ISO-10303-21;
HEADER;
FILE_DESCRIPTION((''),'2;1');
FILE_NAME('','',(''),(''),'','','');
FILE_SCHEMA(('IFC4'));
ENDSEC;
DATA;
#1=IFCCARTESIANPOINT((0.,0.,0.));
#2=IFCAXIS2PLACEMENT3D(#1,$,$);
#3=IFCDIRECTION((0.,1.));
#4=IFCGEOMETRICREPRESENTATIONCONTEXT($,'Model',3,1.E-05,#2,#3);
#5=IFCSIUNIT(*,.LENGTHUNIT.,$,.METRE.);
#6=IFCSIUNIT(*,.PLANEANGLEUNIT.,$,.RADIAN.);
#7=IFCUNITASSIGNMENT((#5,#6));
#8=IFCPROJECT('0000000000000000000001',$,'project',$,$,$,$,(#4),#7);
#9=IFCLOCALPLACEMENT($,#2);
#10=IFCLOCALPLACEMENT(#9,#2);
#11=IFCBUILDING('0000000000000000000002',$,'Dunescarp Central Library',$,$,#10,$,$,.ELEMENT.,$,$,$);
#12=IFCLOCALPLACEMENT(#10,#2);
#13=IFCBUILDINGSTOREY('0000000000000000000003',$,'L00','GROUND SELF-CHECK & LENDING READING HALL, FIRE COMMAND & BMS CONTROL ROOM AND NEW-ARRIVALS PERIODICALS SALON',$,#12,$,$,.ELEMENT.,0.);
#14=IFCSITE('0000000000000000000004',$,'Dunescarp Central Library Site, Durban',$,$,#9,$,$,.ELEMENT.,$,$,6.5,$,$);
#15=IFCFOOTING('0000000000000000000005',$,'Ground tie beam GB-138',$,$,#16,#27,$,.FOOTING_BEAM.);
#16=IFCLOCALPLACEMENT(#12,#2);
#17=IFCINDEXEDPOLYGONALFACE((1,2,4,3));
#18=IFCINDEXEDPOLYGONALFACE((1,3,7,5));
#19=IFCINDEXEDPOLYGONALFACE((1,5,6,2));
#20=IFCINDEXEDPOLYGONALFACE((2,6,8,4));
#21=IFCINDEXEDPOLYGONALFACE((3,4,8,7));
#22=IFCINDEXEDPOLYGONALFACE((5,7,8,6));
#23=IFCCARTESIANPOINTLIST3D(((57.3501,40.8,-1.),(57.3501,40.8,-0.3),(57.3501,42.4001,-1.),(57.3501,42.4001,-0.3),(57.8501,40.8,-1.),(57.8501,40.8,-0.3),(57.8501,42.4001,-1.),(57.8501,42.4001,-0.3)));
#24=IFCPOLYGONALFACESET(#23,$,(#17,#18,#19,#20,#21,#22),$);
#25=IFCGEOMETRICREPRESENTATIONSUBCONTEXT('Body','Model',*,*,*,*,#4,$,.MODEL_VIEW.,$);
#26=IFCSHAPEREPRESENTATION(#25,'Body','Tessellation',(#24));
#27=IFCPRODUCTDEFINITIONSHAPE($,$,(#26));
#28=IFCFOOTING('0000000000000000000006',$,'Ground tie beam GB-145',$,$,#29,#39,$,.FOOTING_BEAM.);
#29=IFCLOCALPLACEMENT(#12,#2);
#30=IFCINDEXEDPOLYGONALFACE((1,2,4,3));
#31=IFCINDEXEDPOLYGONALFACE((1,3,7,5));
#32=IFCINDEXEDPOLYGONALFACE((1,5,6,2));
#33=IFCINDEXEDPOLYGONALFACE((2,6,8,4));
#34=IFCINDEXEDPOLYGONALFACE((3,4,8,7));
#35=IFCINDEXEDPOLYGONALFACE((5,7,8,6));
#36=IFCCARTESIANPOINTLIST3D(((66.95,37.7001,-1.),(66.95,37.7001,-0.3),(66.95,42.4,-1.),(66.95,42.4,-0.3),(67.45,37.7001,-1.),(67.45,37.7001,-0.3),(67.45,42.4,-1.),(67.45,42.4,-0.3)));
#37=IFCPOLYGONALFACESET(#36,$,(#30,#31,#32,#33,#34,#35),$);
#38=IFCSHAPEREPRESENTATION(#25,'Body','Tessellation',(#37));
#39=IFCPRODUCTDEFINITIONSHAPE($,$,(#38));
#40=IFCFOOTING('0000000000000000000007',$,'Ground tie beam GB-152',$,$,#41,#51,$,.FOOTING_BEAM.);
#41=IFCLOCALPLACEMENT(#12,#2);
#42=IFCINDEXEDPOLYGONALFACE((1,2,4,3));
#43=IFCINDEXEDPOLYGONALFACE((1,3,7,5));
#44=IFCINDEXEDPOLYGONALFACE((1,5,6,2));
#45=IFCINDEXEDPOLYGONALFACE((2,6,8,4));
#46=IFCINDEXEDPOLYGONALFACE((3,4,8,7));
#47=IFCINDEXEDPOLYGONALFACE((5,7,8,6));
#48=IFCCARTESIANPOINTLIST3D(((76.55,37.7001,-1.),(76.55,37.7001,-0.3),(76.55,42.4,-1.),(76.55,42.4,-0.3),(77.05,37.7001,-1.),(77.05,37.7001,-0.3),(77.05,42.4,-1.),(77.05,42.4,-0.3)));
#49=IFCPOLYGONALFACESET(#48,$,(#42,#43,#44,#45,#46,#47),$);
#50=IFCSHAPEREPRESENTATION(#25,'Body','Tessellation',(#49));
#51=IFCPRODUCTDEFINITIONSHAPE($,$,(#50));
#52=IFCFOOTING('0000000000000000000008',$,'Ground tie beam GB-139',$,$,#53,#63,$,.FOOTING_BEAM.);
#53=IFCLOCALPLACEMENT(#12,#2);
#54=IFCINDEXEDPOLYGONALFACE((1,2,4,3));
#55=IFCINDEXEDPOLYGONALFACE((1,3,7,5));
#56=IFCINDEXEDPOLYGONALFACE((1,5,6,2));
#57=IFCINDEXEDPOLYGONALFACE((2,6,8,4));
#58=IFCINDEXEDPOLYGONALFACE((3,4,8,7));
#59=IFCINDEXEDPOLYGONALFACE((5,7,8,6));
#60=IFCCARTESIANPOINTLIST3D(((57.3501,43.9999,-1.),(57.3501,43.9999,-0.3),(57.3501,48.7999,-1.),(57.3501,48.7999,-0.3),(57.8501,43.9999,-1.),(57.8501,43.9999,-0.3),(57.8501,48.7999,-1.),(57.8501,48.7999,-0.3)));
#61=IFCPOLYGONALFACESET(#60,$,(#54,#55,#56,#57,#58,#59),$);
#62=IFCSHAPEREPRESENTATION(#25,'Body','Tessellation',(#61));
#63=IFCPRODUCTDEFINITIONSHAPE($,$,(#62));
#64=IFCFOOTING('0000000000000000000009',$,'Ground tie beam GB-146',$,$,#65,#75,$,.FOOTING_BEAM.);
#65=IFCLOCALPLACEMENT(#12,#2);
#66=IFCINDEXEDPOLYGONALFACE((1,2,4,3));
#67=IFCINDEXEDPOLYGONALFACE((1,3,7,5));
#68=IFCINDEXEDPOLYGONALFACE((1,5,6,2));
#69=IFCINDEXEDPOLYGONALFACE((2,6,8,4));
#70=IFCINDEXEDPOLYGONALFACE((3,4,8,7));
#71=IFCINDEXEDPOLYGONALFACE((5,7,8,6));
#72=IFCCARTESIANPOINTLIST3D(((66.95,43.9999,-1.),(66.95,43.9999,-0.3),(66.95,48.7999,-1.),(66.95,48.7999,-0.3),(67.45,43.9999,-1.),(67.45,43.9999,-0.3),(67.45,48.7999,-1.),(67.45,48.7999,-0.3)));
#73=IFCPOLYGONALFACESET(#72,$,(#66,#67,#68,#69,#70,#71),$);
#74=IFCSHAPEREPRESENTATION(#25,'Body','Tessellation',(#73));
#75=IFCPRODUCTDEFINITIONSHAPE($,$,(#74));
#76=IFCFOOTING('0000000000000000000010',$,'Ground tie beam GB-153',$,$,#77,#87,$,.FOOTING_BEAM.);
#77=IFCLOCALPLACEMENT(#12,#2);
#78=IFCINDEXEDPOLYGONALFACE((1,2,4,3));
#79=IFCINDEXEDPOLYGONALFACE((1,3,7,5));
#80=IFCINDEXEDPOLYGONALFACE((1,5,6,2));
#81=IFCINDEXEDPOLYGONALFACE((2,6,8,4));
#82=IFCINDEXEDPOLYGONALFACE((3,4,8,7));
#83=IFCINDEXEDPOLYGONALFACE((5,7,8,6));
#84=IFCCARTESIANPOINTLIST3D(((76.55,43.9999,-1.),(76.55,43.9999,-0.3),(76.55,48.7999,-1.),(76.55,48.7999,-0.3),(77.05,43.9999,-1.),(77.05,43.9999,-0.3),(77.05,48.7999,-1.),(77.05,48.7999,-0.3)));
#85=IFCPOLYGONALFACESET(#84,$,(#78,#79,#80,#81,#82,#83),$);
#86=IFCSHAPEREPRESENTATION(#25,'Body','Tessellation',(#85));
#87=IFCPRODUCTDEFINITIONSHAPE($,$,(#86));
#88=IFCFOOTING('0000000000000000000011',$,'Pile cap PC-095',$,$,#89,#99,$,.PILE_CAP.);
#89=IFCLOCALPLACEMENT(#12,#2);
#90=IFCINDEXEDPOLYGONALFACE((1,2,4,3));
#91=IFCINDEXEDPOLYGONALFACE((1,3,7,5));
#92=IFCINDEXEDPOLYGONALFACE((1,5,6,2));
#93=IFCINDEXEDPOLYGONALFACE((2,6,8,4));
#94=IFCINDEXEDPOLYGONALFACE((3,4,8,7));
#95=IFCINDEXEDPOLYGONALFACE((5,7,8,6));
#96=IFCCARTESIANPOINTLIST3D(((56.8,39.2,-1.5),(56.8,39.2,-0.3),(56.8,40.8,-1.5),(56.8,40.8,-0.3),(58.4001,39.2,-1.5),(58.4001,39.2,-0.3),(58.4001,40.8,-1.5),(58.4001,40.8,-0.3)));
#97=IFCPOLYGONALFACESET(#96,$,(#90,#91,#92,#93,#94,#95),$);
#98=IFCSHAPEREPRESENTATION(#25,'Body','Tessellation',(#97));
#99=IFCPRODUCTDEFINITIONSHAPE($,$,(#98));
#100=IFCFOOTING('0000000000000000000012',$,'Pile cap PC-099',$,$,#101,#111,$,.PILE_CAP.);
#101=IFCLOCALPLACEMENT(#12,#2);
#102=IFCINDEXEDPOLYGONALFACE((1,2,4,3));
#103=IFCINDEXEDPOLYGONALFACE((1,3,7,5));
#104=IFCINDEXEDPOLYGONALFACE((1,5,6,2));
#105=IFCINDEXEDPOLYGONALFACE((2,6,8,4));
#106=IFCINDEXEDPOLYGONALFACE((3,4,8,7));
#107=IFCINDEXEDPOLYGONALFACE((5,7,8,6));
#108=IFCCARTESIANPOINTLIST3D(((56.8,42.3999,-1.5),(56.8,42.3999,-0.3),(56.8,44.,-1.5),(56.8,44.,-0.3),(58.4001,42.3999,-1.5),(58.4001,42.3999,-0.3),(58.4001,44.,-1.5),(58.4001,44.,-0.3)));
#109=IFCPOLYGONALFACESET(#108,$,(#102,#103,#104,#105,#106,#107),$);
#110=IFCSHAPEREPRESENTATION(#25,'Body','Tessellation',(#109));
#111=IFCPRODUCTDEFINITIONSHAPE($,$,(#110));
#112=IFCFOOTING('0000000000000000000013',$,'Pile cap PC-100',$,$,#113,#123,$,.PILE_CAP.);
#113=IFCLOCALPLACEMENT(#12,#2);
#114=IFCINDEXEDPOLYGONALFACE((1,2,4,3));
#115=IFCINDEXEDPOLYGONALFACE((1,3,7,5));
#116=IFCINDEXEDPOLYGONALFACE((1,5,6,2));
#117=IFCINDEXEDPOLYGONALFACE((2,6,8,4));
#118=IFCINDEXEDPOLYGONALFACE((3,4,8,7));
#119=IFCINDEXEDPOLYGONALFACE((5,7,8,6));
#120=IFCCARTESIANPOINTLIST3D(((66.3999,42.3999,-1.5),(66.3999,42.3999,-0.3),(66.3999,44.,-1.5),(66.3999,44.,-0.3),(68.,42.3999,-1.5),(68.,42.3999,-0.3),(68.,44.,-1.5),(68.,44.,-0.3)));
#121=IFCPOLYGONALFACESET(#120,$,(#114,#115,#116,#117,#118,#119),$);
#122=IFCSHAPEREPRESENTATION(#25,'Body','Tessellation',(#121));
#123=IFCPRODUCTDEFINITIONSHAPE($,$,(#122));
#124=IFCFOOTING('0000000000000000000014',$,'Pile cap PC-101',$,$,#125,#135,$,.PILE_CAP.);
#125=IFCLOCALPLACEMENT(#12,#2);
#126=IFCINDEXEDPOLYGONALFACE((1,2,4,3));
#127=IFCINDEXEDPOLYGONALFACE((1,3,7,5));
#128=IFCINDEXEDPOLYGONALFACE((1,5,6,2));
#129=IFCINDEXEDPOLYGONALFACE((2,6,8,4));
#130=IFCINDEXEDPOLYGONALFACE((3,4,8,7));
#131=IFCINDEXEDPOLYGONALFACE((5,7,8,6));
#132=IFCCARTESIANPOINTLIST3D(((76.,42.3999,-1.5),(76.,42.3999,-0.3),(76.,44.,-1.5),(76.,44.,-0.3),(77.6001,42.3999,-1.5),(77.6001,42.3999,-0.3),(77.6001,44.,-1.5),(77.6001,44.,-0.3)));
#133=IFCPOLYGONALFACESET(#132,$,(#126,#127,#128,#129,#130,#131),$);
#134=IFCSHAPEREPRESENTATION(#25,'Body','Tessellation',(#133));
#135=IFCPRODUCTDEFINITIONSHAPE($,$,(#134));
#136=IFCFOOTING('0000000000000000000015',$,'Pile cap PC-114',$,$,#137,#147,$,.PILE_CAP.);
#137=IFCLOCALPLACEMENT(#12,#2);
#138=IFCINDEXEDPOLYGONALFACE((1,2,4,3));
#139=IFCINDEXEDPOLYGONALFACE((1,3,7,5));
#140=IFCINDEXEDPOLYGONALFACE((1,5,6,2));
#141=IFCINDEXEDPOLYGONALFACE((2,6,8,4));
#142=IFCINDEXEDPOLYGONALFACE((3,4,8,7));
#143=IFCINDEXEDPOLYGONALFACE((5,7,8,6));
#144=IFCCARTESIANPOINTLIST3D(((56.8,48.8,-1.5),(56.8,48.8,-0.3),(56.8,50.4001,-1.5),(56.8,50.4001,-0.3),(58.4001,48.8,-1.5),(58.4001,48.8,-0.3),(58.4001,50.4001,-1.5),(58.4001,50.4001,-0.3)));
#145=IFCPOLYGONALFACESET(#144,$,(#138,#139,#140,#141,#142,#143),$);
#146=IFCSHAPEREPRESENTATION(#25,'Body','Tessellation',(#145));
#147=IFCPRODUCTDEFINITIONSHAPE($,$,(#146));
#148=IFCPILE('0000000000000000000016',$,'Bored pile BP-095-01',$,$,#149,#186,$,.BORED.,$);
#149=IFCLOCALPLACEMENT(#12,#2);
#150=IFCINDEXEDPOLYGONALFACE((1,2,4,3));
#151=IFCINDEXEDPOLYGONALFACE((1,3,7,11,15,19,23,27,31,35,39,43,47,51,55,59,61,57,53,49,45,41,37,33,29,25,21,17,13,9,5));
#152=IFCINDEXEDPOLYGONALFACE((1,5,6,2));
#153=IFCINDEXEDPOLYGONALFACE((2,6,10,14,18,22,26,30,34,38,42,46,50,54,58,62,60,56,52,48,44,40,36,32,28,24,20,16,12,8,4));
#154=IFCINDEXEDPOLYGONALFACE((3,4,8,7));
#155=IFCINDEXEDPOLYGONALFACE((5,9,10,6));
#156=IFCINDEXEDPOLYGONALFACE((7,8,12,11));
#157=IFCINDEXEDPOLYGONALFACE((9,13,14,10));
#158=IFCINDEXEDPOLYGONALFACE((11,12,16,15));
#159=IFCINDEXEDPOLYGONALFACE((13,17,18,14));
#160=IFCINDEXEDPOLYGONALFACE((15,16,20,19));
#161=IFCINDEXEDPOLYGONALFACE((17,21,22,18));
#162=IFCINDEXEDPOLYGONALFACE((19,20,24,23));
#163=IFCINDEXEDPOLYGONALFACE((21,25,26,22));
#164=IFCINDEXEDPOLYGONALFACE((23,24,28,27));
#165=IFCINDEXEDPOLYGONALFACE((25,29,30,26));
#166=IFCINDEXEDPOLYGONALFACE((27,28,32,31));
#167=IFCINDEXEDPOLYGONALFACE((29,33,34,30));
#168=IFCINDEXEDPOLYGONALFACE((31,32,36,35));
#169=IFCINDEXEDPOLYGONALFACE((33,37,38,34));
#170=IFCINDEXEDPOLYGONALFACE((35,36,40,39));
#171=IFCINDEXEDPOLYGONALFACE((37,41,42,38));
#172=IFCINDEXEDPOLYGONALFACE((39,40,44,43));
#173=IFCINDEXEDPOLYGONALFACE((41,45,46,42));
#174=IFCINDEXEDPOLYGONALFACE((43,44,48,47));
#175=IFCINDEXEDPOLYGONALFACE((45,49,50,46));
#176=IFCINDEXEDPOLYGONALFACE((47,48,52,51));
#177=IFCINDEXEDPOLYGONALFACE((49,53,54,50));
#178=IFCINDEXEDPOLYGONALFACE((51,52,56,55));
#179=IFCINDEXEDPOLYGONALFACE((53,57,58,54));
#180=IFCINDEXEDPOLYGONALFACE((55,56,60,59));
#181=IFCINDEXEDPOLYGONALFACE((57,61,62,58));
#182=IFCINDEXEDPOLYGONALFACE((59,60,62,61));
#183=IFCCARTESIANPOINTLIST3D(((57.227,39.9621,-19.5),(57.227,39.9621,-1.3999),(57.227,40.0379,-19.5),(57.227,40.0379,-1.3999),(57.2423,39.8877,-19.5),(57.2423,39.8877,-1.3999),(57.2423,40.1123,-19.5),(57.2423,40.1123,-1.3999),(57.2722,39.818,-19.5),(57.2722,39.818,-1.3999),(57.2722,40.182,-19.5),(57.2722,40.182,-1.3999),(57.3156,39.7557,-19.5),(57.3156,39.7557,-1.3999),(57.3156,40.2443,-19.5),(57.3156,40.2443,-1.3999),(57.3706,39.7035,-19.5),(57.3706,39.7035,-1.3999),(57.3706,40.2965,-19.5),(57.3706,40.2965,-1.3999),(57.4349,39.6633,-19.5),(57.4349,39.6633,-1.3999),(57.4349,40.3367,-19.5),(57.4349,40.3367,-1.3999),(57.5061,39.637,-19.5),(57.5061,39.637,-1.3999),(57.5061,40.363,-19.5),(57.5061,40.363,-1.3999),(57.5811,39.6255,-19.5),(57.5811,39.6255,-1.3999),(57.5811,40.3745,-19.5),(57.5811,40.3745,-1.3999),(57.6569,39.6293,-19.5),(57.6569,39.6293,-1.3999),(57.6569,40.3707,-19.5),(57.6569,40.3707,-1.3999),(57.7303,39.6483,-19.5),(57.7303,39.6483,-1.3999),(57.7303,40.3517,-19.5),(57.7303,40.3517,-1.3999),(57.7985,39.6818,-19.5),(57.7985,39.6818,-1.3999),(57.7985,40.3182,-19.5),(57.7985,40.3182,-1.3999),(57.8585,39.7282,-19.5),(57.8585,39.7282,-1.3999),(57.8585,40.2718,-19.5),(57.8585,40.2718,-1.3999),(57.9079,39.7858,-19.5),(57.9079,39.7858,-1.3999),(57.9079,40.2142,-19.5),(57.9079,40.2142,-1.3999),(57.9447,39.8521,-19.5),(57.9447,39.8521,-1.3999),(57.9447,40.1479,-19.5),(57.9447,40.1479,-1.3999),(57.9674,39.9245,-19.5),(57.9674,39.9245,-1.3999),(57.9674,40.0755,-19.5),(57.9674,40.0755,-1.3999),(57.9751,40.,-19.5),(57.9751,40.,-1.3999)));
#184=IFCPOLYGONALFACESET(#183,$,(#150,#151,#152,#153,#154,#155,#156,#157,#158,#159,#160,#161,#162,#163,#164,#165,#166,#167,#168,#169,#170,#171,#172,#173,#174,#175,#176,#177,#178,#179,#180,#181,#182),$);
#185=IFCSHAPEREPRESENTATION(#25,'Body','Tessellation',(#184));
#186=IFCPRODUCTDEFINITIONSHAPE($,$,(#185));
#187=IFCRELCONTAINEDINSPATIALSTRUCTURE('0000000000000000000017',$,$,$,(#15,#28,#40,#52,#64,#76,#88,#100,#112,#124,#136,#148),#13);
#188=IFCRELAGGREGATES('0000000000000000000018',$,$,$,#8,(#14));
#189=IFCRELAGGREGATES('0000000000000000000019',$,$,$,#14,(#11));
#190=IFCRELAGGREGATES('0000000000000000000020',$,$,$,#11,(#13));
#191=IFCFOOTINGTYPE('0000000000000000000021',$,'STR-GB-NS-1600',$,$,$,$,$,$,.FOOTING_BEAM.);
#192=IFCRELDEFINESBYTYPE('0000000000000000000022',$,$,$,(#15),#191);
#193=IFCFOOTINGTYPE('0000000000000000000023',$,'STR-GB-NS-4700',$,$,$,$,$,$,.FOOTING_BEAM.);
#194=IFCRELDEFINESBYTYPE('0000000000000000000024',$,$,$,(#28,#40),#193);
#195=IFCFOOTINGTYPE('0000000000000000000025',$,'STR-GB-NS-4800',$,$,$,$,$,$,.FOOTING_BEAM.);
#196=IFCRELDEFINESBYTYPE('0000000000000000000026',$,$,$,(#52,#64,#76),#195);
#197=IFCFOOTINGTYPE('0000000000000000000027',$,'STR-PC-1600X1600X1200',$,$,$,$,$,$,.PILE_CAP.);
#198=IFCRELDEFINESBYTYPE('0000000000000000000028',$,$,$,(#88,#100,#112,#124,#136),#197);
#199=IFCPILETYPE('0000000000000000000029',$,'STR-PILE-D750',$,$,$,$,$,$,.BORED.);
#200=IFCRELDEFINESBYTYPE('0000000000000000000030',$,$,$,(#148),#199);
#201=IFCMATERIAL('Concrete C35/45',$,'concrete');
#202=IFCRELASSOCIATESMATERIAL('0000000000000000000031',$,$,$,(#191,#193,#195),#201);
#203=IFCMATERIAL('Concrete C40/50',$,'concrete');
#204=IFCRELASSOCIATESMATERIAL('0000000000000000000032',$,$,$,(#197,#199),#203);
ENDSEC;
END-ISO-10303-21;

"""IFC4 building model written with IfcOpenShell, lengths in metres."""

from ifc_helpers import new_model, si_unit, direction, frame, origin, origin_2d, place, context, subcontext, project, spatial, rectangle, circle, extrude, material, material_profile, profile_set, type_object, element, save


model = new_model("IFC4")

# Units and contexts
model_context = context("Model", 3, precision=1e-05, world=origin(), true_north=direction((0.0, 1.0)))
body_context = subcontext(model_context, "Body", "Model", "MODEL_VIEW")
ifc_project = project(units=[si_unit("LENGTHUNIT", "METRE"), si_unit("PLANEANGLEUNIT", "RADIAN")], contexts=[model_context])

# Site, building, storey
site_placement = place(None, origin())
site = spatial("IfcSite", under=ifc_project, at=site_placement, Name="Dunescarp Central Library Site, Durban", CompositionType="ELEMENT", RefElevation=6.5)
building_placement = place(site_placement, origin())
building = spatial("IfcBuilding", under=site, at=building_placement, Name="Dunescarp Central Library", CompositionType="ELEMENT")
storey_placement = place(building_placement, origin())
storey = spatial("IfcBuildingStorey", under=building, at=storey_placement, Name="L00", Description="GROUND SELF-CHECK & LENDING READING HALL, FIRE COMMAND & BMS CONTROL ROOM AND NEW-ARRIVALS PERIODICALS SALON", CompositionType="ELEMENT", Elevation=0.0)

# Footings
ifc_material_1 = material(Name="Concrete C35/45", Category="concrete")
footing_type_1 = type_object("IfcFootingType", Name="STR-GB-NS-1600", PredefinedType="FOOTING_BEAM", material=ifc_material_1)
footing_placement = place(storey_placement, frame((57.6001, 41.6001, -1.0), z_axis=(0.0, 0.0, 1.0), x_axis=(0.0, 1.0, 0.0)))
element("IfcFooting", 1, at=footing_placement, inside=storey, type_object=footing_type_1, Name="Ground tie beam GB-138", PredefinedType="FOOTING_BEAM", context=body_context, shape_type="SweptSolid", body=[
    extrude(rectangle(XDim=1.6001, YDim=0.5, at=origin_2d()), origin(), (0.0, 0.0, 1.0), 0.7),
])
footing_type_2 = type_object("IfcFootingType", Name="STR-GB-NS-4700", PredefinedType="FOOTING_BEAM", material=ifc_material_1)
for number, where, z_axis, x_axis, name in (
    (2, (67.2, 40.05, -1.0), (0.0, 0.0, 1.0), (0.0, 1.0, 0.0), "Ground tie beam GB-145"),
    (3, (76.8, 40.05, -1.0), (0.0, 0.0, 1.0), (0.0, 1.0, 0.0), "Ground tie beam GB-152"),
):
    element("IfcFooting", number, at=place(storey_placement, frame(where, z_axis=z_axis, x_axis=x_axis)), inside=storey, type_object=footing_type_2, Name=name, PredefinedType="FOOTING_BEAM", context=body_context, shape_type="SweptSolid", body=[
        extrude(rectangle(XDim=4.7, YDim=0.5, at=origin_2d()), origin(), (0.0, 0.0, 1.0), 0.7),
    ])
footing_type_3 = type_object("IfcFootingType", Name="STR-GB-NS-4800", PredefinedType="FOOTING_BEAM", material=ifc_material_1)
for number, where, z_axis, x_axis, name in (
    (4, (57.6001, 46.3999, -1.0), (0.0, 0.0, 1.0), (0.0, 1.0, 0.0), "Ground tie beam GB-139"),
    (5, (67.2, 46.3999, -1.0), (0.0, 0.0, 1.0), (0.0, 1.0, 0.0), "Ground tie beam GB-146"),
    (6, (76.8, 46.3999, -1.0), (0.0, 0.0, 1.0), (0.0, 1.0, 0.0), "Ground tie beam GB-153"),
):
    element("IfcFooting", number, at=place(storey_placement, frame(where, z_axis=z_axis, x_axis=x_axis)), inside=storey, type_object=footing_type_3, Name=name, PredefinedType="FOOTING_BEAM", context=body_context, shape_type="SweptSolid", body=[
        extrude(rectangle(XDim=4.8, YDim=0.5, at=origin_2d()), origin(), (0.0, 0.0, 1.0), 0.7),
    ])
ifc_material_2 = material(Name="Concrete C40/50", Category="concrete")
footing_type_4 = type_object("IfcFootingType", Name="STR-PC-1600X1600X1200", PredefinedType="PILE_CAP", material=ifc_material_2)
for number, where, z_axis, x_axis, name in (
    (7, (57.6001, 40.0, -1.5), (0.0, 0.0, 1.0), (1.0, 0.0, 0.0), "Pile cap PC-095"),
    (8, (57.6001, 43.2, -1.5), (0.0, 0.0, 1.0), (1.0, 0.0, 0.0), "Pile cap PC-099"),
    (9, (67.2, 43.2, -1.5), (0.0, 0.0, 1.0), (1.0, 0.0, 0.0), "Pile cap PC-100"),
    (10, (76.8, 43.2, -1.5), (0.0, 0.0, 1.0), (1.0, 0.0, 0.0), "Pile cap PC-101"),
    (11, (57.6001, 49.6001, -1.5), (0.0, 0.0, 1.0), (1.0, 0.0, 0.0), "Pile cap PC-114"),
):
    element("IfcFooting", number, at=place(storey_placement, frame(where, z_axis=z_axis, x_axis=x_axis)), inside=storey, type_object=footing_type_4, Name=name, PredefinedType="PILE_CAP", context=body_context, shape_type="SweptSolid", body=[
        extrude(rectangle(XDim=1.6001, YDim=1.6001, at=origin_2d()), origin(), (0.0, 0.0, 1.0), 1.2),
    ])

# Pile
ifc_material_profile_1 = material_profile(ifc_material_2, circle(Radius=0.375, at=origin_2d()), Name="PILE D750")
ifc_profile_set_1 = profile_set([ifc_material_profile_1], Name="Concrete C40/50")
pile_type = type_object("IfcPileType", Name="STR-PILE-D750", PredefinedType="BORED", material=ifc_profile_set_1)
for number, where, z_axis, x_axis, name in (
    (12, (57.6001, 40.0, -1.3999), (0.0, 0.0, -1.0), (1.0, 0.0, 0.0), "Bored pile BP-095-01"),
):
    element("IfcPile", number, at=place(storey_placement, frame(where, z_axis=z_axis, x_axis=x_axis)), inside=storey, type_object=pile_type, Name=name, PredefinedType="BORED", context=body_context, shape_type="SweptSolid", body=[
        extrude(circle(Radius=0.375, at=origin_2d()), origin(), (0.0, 0.0, 1.0), 18.1001),
    ])

save(model, "model.ifc")
